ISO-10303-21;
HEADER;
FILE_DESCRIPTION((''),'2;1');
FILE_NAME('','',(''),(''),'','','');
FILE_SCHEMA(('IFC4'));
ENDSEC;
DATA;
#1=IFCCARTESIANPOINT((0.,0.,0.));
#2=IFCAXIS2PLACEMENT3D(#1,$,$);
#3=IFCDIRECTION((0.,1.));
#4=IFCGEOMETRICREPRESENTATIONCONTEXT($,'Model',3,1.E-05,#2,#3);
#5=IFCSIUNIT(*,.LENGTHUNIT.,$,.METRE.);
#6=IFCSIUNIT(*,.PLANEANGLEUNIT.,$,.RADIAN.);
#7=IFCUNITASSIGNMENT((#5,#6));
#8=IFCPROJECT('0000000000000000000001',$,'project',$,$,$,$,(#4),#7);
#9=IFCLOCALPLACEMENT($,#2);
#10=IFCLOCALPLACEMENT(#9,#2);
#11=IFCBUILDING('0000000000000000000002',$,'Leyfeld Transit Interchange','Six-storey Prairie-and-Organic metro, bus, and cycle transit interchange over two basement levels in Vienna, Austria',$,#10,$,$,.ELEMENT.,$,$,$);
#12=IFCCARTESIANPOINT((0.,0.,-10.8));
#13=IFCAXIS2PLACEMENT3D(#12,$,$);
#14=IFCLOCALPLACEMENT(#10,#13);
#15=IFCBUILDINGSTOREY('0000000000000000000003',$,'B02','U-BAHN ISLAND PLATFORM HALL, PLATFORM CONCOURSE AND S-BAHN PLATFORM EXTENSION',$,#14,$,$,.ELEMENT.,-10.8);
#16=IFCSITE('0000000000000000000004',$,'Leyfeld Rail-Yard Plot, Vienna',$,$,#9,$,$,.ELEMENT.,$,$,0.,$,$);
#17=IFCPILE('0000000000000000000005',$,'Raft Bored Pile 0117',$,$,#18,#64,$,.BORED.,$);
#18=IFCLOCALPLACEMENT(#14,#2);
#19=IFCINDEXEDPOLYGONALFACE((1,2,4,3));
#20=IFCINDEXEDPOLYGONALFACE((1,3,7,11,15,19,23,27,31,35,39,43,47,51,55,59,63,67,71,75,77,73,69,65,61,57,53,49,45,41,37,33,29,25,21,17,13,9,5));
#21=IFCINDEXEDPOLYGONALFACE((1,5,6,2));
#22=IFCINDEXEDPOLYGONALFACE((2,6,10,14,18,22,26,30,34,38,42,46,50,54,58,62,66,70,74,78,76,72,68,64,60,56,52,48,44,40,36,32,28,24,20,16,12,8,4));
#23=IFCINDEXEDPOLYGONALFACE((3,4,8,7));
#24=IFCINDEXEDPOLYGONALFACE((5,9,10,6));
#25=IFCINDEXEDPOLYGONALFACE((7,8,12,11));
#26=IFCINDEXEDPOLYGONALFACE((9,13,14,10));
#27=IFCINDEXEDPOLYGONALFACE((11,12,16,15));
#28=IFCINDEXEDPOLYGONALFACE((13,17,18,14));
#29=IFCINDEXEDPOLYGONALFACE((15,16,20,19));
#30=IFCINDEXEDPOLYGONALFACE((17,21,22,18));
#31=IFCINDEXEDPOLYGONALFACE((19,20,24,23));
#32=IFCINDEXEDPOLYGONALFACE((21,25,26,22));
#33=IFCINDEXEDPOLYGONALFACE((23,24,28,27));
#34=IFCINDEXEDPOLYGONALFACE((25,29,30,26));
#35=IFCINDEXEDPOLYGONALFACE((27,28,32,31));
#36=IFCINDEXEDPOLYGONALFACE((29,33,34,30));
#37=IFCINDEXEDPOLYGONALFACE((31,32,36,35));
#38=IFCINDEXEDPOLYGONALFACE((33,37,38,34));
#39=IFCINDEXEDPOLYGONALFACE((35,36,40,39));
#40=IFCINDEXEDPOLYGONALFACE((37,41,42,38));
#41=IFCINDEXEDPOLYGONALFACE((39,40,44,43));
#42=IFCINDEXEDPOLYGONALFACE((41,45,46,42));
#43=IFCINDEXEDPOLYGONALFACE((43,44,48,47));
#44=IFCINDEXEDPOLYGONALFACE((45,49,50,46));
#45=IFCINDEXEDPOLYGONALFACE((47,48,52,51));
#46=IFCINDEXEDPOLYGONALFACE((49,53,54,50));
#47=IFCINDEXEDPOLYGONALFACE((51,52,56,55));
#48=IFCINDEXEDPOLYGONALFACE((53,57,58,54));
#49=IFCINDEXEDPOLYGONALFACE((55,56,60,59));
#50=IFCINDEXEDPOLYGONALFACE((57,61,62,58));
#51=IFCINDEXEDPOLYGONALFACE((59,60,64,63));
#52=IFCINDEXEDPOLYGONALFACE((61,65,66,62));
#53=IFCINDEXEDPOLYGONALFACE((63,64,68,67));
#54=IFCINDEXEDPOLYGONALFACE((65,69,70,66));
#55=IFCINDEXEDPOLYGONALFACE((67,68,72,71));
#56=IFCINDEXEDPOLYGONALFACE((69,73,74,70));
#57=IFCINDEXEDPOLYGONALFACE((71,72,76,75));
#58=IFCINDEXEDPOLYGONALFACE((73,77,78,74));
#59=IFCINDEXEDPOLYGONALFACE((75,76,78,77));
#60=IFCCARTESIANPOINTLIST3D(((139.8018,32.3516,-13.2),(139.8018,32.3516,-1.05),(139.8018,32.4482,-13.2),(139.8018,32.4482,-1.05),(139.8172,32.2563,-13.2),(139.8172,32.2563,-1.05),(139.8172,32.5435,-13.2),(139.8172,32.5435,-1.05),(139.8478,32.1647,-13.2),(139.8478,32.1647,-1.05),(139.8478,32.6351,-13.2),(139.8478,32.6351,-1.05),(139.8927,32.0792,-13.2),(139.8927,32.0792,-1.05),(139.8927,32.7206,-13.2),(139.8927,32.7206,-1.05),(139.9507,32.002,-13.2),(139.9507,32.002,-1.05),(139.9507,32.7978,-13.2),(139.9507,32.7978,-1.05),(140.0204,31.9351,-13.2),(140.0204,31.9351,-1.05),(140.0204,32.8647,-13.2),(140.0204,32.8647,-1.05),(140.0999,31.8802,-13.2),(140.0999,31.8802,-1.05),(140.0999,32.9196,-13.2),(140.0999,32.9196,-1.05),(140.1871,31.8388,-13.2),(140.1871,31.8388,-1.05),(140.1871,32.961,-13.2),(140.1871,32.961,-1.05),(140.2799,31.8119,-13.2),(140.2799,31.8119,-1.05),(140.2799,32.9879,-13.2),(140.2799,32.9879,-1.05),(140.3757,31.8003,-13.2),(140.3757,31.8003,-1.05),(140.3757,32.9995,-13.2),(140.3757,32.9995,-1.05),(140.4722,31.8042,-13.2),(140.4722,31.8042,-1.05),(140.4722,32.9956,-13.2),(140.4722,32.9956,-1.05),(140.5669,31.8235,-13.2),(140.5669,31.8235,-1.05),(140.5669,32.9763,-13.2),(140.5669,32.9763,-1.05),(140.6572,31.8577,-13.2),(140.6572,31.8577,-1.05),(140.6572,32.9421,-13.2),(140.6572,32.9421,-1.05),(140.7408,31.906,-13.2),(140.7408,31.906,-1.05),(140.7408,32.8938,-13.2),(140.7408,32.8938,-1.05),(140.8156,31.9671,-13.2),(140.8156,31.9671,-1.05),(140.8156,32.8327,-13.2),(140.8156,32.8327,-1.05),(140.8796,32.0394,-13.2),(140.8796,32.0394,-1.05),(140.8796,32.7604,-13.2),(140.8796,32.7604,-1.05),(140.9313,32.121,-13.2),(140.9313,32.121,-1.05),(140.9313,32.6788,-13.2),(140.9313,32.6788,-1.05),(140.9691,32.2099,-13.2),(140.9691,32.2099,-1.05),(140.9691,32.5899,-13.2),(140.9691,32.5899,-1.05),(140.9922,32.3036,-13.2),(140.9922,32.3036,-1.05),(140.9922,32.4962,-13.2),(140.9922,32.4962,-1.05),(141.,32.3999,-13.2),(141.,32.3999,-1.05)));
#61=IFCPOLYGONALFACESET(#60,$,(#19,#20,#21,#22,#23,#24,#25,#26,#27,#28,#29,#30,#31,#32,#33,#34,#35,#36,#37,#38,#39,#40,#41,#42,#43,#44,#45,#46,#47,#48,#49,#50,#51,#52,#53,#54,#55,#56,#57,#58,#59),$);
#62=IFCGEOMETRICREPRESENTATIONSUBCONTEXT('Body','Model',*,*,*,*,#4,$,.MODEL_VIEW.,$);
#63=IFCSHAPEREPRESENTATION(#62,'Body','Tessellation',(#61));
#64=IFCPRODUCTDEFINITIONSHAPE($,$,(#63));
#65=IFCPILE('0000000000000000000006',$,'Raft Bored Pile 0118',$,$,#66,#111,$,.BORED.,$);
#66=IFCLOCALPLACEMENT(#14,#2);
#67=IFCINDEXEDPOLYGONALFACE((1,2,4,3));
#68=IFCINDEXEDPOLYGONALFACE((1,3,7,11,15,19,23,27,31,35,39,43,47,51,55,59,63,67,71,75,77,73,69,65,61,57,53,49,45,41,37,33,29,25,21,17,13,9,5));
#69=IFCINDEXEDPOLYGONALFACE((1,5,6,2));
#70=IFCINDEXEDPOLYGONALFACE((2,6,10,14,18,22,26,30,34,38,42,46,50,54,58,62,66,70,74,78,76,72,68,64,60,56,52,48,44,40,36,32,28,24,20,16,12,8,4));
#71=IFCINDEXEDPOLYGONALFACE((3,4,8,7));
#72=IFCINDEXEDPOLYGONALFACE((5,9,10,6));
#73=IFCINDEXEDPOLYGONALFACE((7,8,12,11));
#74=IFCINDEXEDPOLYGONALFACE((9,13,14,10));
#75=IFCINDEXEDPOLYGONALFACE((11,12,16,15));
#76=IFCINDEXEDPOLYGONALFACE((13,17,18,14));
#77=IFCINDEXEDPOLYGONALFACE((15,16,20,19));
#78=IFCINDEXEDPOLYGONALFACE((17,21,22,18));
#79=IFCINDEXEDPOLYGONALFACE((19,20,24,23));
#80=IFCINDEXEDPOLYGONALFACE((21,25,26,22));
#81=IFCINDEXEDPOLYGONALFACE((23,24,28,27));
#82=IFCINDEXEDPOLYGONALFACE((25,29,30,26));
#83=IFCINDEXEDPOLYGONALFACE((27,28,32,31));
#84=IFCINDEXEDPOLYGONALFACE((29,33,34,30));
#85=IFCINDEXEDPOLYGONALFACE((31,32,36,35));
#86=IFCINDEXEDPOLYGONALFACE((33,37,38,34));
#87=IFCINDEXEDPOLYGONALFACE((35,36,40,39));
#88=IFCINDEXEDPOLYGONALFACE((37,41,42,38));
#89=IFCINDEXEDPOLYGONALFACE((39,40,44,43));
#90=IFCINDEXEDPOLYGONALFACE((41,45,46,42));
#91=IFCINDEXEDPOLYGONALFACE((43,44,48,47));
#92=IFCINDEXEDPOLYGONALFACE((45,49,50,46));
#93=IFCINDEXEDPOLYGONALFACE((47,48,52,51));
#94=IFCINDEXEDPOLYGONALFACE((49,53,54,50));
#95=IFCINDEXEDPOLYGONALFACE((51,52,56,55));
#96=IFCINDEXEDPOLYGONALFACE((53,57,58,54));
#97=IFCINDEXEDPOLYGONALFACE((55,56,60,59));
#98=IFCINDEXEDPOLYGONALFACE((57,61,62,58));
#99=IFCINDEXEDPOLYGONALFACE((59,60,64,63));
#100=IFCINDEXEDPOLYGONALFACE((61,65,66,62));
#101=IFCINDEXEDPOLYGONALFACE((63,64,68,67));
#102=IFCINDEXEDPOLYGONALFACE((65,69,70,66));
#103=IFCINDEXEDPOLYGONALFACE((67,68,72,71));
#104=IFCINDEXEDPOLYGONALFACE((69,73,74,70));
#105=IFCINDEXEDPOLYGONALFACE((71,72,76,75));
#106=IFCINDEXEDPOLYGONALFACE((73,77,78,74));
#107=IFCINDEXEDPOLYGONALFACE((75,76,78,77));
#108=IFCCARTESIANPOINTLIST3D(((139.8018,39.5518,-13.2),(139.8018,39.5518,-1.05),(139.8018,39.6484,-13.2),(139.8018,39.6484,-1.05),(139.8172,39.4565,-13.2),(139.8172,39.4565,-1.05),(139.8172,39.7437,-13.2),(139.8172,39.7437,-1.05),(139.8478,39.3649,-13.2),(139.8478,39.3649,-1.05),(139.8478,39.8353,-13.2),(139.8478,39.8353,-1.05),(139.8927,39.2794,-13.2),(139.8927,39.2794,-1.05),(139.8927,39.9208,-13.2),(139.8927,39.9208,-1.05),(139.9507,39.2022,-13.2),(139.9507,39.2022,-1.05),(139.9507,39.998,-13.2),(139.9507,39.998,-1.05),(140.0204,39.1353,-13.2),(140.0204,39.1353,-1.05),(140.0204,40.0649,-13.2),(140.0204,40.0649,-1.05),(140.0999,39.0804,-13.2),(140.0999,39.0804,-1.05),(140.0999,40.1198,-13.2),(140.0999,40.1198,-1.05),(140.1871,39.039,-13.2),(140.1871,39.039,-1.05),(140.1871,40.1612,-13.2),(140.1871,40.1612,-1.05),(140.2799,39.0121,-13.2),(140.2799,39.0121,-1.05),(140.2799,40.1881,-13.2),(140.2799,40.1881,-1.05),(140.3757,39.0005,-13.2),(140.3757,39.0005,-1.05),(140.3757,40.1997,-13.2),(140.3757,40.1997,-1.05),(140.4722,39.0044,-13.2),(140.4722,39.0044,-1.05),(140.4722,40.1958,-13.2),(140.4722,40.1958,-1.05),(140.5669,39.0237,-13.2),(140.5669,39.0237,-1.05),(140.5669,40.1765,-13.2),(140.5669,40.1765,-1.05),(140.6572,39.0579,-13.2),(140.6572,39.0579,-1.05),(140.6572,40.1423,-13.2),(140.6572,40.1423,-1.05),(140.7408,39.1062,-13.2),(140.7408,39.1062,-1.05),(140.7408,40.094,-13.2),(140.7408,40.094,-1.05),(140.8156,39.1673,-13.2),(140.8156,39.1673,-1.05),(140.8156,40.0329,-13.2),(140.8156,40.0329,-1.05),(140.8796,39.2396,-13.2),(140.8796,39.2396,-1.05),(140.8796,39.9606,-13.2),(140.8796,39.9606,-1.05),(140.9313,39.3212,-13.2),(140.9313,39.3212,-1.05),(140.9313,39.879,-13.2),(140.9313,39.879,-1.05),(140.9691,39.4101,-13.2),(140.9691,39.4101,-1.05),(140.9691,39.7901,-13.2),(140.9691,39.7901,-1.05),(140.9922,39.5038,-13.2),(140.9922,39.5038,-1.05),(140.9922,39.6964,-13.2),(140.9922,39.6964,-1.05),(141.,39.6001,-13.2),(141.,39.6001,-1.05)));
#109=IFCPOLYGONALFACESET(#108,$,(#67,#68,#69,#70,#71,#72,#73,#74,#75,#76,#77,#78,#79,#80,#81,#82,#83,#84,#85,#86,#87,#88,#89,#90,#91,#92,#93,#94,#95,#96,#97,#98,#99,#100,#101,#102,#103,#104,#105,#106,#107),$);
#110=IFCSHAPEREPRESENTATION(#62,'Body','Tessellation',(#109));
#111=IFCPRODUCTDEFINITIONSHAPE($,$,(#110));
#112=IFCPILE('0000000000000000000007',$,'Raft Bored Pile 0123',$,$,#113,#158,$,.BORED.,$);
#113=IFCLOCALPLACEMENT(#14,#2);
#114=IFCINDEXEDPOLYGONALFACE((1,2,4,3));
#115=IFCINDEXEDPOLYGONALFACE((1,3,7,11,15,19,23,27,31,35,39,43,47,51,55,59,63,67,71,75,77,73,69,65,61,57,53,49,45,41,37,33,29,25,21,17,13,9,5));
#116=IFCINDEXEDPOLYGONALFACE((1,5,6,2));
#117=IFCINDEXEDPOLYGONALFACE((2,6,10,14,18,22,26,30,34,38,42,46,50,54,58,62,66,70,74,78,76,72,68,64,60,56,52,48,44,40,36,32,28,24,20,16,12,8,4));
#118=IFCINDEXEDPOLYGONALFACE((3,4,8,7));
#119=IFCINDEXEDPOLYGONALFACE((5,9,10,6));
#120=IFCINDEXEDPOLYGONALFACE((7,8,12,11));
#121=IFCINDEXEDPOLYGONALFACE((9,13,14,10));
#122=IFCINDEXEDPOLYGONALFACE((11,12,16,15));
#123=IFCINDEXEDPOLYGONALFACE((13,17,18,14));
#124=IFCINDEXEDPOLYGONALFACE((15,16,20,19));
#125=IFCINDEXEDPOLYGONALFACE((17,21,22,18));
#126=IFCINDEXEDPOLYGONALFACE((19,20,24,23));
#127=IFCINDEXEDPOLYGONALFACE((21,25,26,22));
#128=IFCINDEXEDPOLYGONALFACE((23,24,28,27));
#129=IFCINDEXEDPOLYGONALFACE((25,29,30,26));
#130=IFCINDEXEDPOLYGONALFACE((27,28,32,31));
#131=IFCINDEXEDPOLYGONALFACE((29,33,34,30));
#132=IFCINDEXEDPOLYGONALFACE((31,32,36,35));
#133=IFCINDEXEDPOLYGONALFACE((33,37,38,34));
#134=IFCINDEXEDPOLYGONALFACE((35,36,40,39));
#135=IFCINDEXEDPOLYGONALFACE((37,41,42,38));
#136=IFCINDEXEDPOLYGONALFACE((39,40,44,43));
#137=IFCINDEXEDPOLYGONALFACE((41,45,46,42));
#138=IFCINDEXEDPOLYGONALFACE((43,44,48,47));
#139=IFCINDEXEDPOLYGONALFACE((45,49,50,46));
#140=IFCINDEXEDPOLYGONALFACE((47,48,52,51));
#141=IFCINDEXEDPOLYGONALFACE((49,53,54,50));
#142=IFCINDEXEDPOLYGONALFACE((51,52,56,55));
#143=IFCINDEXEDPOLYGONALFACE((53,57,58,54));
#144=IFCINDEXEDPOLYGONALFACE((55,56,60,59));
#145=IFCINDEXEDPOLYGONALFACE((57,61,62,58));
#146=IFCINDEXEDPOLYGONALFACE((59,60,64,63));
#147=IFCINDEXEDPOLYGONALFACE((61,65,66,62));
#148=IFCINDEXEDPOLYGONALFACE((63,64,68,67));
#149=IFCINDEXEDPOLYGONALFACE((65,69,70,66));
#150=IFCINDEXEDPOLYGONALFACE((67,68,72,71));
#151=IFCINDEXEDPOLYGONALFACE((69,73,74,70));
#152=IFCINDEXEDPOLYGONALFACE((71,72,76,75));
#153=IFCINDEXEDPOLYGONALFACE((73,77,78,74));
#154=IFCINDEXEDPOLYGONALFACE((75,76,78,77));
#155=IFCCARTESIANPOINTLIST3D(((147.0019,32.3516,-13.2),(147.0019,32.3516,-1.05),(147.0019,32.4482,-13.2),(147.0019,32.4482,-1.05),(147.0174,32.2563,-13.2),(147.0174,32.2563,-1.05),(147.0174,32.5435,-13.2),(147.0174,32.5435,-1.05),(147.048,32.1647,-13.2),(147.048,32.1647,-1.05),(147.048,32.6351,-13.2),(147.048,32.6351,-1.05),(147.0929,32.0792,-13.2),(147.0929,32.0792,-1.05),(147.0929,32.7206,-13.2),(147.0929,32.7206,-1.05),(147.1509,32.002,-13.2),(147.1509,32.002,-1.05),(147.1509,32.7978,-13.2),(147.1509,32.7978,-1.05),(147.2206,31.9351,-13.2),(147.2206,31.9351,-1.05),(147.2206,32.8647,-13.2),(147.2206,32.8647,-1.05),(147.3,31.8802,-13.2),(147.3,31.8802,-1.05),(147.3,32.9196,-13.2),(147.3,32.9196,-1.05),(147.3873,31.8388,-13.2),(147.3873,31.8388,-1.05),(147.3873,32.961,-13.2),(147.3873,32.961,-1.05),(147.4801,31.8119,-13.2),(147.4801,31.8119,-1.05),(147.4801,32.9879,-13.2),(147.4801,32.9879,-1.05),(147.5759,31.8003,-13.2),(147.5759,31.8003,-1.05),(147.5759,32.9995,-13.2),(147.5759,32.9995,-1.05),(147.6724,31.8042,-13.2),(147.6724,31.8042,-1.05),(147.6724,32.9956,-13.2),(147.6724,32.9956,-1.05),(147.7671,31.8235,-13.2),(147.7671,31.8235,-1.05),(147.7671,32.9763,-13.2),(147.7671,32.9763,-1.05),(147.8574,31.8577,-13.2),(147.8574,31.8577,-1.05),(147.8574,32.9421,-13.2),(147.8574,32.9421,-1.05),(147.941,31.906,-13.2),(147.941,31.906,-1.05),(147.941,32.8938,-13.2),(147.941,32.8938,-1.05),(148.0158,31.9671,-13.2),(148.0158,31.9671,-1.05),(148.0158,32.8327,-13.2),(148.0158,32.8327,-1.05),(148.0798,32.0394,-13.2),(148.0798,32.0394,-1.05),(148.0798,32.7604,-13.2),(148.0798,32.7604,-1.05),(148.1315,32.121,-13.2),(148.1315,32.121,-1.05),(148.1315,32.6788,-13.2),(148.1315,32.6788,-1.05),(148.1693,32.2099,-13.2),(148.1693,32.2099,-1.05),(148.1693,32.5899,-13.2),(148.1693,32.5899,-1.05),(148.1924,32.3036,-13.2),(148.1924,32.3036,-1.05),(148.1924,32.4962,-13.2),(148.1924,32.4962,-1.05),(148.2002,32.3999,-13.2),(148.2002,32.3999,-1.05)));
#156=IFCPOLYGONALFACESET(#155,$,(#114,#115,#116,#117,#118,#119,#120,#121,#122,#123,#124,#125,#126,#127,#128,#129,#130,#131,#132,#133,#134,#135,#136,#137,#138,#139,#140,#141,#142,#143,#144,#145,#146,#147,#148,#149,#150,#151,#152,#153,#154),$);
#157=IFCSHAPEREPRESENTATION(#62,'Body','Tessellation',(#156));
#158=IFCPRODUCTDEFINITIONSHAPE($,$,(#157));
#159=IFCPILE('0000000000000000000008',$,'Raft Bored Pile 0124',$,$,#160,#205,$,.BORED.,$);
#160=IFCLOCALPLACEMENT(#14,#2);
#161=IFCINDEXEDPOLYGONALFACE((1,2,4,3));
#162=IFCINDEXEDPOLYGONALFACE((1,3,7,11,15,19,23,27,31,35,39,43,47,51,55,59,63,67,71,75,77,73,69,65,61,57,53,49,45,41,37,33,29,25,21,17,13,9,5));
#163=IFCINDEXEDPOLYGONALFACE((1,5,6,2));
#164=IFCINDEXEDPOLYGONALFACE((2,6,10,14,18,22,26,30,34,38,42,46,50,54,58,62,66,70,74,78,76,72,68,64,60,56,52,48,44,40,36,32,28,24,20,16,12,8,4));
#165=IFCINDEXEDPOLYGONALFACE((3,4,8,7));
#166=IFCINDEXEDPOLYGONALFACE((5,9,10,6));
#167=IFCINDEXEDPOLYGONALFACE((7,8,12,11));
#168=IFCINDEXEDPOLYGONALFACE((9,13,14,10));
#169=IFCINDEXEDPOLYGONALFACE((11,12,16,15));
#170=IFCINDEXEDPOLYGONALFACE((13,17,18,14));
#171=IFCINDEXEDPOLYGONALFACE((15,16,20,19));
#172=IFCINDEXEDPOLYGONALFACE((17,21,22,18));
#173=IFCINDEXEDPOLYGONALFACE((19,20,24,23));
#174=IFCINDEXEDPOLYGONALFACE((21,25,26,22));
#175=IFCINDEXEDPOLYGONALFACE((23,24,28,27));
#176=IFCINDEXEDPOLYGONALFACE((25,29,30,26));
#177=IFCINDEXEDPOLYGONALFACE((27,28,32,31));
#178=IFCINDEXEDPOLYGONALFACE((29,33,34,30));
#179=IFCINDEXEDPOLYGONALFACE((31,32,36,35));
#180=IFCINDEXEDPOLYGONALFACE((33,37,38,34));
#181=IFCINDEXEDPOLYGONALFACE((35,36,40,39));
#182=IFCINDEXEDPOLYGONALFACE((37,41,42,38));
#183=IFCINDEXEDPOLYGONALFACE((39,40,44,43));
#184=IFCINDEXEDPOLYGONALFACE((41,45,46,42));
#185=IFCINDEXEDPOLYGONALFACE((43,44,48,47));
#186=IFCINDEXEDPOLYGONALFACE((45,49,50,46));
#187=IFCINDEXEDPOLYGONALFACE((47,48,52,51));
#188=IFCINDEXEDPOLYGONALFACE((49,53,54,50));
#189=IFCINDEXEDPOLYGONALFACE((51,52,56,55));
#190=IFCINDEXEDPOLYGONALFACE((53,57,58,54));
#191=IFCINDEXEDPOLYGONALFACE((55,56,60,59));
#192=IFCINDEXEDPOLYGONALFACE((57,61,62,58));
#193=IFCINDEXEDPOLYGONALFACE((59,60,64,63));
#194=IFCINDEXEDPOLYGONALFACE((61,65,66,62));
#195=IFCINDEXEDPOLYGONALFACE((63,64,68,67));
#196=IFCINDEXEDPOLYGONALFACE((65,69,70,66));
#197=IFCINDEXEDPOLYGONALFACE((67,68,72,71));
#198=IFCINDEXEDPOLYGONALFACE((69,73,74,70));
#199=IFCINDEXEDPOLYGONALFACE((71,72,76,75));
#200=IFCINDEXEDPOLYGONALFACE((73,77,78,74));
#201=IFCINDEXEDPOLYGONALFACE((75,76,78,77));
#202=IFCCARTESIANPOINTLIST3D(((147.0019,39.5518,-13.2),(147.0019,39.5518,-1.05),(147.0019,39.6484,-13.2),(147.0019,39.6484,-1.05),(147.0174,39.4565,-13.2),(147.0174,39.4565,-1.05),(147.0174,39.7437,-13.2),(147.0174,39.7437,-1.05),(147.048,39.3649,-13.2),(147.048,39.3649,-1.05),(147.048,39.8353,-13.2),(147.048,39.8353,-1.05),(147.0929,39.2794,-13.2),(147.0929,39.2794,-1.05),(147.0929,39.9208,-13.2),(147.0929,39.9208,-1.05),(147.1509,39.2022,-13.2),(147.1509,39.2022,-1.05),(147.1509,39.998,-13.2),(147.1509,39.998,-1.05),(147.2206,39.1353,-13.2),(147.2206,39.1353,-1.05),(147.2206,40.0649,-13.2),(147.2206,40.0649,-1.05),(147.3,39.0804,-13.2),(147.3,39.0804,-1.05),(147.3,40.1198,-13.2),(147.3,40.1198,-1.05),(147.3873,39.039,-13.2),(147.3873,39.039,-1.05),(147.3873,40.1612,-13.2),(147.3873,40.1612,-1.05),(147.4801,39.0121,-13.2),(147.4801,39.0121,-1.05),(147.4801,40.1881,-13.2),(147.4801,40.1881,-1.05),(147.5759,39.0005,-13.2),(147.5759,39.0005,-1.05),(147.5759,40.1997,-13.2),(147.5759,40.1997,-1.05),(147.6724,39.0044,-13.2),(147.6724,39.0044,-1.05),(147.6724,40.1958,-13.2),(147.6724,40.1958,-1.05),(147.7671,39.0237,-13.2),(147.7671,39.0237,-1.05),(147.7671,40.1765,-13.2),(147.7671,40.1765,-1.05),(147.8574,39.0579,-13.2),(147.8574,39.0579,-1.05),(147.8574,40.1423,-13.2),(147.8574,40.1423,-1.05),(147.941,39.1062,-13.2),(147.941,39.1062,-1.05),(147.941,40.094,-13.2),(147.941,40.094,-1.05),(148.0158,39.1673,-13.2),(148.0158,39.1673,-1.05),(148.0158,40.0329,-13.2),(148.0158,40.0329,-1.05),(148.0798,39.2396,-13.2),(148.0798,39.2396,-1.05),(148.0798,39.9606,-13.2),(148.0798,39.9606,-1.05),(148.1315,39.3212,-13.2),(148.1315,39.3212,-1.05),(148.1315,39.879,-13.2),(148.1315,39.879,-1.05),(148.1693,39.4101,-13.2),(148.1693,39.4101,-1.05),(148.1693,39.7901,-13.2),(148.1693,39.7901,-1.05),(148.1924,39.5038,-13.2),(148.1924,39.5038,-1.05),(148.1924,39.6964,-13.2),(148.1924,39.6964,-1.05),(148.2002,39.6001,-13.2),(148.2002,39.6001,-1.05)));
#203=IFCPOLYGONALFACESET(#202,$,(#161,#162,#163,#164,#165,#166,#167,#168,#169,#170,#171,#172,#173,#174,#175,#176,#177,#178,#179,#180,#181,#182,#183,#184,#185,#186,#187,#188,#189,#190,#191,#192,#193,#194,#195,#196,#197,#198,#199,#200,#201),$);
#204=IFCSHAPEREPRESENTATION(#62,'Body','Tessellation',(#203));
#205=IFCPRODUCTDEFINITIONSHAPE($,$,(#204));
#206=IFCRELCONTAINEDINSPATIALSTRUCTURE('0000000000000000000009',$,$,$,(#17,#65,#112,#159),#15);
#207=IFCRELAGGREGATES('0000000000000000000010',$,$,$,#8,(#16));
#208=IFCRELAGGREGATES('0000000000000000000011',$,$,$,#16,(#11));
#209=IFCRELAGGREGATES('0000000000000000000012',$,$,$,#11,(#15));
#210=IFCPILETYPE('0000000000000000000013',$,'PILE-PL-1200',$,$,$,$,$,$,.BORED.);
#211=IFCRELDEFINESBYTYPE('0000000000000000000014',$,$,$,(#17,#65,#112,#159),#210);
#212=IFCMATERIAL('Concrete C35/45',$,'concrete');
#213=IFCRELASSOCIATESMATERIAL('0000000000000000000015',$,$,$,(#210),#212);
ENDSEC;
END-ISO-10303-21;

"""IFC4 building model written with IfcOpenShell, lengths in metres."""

from ifc_helpers import new_model, si_unit, direction, frame, origin, origin_2d, place, context, subcontext, project, spatial, circle, extrude, material, material_profile, profile_set, type_object, element, save


model = new_model("IFC4")

# Units and contexts
model_context = context("Model", 3, precision=1e-05, world=origin(), true_north=direction((0.0, 1.0)))
body_context = subcontext(model_context, "Body", "Model", "MODEL_VIEW")
ifc_project = project(units=[si_unit("LENGTHUNIT", "METRE"), si_unit("PLANEANGLEUNIT", "RADIAN")], contexts=[model_context])

# Site, building, storey
site_placement = place(None, origin())
site = spatial("IfcSite", under=ifc_project, at=site_placement, Name="Leyfeld Rail-Yard Plot, Vienna", CompositionType="ELEMENT", RefElevation=0.0)
building_placement = place(site_placement, origin())
building = spatial("IfcBuilding", under=site, at=building_placement, Name="Leyfeld Transit Interchange", Description="Six-storey Prairie-and-Organic metro, bus, and cycle transit interchange over two basement levels in Vienna, Austria", CompositionType="ELEMENT")
storey_placement = place(building_placement, frame((0.0, 0.0, -10.8)))
storey = spatial("IfcBuildingStorey", under=building, at=storey_placement, Name="B02", Description="U-BAHN ISLAND PLATFORM HALL, PLATFORM CONCOURSE AND S-BAHN PLATFORM EXTENSION", CompositionType="ELEMENT", Elevation=-10.8)

# Piles
ifc_material = material(Name="Concrete C35/45", Category="concrete")
ifc_material_profile_1 = material_profile(ifc_material, circle(Radius=0.6001, at=origin_2d()), Name="PILE D1200")
ifc_profile_set_1 = profile_set([ifc_material_profile_1], Name="Concrete C35/45")
pile_type = type_object("IfcPileType", Name="PILE-PL-1200", PredefinedType="BORED", material=ifc_profile_set_1)
for number, where, z_axis, x_axis, name in (
    (1, (140.3999, 32.3999, -1.05), (0.0, 0.0, -1.0), (1.0, 0.0, 0.0), "Raft Bored Pile 0117"),
    (2, (140.3999, 39.6001, -1.05), (0.0, 0.0, -1.0), (1.0, 0.0, 0.0), "Raft Bored Pile 0118"),
    (3, (147.6001, 32.3999, -1.05), (0.0, 0.0, -1.0), (1.0, 0.0, 0.0), "Raft Bored Pile 0123"),
    (4, (147.6001, 39.6001, -1.05), (0.0, 0.0, -1.0), (1.0, 0.0, 0.0), "Raft Bored Pile 0124"),
):
    element("IfcPile", number, at=place(storey_placement, frame(where, z_axis=z_axis, x_axis=x_axis)), inside=storey, type_object=pile_type, Name=name, PredefinedType="BORED", context=body_context, shape_type="SweptSolid", body=[
        extrude(circle(Radius=0.6001, at=origin_2d()), origin(), (0.0, 0.0, 1.0), 12.1499),
    ])

save(model, "model.ifc")
